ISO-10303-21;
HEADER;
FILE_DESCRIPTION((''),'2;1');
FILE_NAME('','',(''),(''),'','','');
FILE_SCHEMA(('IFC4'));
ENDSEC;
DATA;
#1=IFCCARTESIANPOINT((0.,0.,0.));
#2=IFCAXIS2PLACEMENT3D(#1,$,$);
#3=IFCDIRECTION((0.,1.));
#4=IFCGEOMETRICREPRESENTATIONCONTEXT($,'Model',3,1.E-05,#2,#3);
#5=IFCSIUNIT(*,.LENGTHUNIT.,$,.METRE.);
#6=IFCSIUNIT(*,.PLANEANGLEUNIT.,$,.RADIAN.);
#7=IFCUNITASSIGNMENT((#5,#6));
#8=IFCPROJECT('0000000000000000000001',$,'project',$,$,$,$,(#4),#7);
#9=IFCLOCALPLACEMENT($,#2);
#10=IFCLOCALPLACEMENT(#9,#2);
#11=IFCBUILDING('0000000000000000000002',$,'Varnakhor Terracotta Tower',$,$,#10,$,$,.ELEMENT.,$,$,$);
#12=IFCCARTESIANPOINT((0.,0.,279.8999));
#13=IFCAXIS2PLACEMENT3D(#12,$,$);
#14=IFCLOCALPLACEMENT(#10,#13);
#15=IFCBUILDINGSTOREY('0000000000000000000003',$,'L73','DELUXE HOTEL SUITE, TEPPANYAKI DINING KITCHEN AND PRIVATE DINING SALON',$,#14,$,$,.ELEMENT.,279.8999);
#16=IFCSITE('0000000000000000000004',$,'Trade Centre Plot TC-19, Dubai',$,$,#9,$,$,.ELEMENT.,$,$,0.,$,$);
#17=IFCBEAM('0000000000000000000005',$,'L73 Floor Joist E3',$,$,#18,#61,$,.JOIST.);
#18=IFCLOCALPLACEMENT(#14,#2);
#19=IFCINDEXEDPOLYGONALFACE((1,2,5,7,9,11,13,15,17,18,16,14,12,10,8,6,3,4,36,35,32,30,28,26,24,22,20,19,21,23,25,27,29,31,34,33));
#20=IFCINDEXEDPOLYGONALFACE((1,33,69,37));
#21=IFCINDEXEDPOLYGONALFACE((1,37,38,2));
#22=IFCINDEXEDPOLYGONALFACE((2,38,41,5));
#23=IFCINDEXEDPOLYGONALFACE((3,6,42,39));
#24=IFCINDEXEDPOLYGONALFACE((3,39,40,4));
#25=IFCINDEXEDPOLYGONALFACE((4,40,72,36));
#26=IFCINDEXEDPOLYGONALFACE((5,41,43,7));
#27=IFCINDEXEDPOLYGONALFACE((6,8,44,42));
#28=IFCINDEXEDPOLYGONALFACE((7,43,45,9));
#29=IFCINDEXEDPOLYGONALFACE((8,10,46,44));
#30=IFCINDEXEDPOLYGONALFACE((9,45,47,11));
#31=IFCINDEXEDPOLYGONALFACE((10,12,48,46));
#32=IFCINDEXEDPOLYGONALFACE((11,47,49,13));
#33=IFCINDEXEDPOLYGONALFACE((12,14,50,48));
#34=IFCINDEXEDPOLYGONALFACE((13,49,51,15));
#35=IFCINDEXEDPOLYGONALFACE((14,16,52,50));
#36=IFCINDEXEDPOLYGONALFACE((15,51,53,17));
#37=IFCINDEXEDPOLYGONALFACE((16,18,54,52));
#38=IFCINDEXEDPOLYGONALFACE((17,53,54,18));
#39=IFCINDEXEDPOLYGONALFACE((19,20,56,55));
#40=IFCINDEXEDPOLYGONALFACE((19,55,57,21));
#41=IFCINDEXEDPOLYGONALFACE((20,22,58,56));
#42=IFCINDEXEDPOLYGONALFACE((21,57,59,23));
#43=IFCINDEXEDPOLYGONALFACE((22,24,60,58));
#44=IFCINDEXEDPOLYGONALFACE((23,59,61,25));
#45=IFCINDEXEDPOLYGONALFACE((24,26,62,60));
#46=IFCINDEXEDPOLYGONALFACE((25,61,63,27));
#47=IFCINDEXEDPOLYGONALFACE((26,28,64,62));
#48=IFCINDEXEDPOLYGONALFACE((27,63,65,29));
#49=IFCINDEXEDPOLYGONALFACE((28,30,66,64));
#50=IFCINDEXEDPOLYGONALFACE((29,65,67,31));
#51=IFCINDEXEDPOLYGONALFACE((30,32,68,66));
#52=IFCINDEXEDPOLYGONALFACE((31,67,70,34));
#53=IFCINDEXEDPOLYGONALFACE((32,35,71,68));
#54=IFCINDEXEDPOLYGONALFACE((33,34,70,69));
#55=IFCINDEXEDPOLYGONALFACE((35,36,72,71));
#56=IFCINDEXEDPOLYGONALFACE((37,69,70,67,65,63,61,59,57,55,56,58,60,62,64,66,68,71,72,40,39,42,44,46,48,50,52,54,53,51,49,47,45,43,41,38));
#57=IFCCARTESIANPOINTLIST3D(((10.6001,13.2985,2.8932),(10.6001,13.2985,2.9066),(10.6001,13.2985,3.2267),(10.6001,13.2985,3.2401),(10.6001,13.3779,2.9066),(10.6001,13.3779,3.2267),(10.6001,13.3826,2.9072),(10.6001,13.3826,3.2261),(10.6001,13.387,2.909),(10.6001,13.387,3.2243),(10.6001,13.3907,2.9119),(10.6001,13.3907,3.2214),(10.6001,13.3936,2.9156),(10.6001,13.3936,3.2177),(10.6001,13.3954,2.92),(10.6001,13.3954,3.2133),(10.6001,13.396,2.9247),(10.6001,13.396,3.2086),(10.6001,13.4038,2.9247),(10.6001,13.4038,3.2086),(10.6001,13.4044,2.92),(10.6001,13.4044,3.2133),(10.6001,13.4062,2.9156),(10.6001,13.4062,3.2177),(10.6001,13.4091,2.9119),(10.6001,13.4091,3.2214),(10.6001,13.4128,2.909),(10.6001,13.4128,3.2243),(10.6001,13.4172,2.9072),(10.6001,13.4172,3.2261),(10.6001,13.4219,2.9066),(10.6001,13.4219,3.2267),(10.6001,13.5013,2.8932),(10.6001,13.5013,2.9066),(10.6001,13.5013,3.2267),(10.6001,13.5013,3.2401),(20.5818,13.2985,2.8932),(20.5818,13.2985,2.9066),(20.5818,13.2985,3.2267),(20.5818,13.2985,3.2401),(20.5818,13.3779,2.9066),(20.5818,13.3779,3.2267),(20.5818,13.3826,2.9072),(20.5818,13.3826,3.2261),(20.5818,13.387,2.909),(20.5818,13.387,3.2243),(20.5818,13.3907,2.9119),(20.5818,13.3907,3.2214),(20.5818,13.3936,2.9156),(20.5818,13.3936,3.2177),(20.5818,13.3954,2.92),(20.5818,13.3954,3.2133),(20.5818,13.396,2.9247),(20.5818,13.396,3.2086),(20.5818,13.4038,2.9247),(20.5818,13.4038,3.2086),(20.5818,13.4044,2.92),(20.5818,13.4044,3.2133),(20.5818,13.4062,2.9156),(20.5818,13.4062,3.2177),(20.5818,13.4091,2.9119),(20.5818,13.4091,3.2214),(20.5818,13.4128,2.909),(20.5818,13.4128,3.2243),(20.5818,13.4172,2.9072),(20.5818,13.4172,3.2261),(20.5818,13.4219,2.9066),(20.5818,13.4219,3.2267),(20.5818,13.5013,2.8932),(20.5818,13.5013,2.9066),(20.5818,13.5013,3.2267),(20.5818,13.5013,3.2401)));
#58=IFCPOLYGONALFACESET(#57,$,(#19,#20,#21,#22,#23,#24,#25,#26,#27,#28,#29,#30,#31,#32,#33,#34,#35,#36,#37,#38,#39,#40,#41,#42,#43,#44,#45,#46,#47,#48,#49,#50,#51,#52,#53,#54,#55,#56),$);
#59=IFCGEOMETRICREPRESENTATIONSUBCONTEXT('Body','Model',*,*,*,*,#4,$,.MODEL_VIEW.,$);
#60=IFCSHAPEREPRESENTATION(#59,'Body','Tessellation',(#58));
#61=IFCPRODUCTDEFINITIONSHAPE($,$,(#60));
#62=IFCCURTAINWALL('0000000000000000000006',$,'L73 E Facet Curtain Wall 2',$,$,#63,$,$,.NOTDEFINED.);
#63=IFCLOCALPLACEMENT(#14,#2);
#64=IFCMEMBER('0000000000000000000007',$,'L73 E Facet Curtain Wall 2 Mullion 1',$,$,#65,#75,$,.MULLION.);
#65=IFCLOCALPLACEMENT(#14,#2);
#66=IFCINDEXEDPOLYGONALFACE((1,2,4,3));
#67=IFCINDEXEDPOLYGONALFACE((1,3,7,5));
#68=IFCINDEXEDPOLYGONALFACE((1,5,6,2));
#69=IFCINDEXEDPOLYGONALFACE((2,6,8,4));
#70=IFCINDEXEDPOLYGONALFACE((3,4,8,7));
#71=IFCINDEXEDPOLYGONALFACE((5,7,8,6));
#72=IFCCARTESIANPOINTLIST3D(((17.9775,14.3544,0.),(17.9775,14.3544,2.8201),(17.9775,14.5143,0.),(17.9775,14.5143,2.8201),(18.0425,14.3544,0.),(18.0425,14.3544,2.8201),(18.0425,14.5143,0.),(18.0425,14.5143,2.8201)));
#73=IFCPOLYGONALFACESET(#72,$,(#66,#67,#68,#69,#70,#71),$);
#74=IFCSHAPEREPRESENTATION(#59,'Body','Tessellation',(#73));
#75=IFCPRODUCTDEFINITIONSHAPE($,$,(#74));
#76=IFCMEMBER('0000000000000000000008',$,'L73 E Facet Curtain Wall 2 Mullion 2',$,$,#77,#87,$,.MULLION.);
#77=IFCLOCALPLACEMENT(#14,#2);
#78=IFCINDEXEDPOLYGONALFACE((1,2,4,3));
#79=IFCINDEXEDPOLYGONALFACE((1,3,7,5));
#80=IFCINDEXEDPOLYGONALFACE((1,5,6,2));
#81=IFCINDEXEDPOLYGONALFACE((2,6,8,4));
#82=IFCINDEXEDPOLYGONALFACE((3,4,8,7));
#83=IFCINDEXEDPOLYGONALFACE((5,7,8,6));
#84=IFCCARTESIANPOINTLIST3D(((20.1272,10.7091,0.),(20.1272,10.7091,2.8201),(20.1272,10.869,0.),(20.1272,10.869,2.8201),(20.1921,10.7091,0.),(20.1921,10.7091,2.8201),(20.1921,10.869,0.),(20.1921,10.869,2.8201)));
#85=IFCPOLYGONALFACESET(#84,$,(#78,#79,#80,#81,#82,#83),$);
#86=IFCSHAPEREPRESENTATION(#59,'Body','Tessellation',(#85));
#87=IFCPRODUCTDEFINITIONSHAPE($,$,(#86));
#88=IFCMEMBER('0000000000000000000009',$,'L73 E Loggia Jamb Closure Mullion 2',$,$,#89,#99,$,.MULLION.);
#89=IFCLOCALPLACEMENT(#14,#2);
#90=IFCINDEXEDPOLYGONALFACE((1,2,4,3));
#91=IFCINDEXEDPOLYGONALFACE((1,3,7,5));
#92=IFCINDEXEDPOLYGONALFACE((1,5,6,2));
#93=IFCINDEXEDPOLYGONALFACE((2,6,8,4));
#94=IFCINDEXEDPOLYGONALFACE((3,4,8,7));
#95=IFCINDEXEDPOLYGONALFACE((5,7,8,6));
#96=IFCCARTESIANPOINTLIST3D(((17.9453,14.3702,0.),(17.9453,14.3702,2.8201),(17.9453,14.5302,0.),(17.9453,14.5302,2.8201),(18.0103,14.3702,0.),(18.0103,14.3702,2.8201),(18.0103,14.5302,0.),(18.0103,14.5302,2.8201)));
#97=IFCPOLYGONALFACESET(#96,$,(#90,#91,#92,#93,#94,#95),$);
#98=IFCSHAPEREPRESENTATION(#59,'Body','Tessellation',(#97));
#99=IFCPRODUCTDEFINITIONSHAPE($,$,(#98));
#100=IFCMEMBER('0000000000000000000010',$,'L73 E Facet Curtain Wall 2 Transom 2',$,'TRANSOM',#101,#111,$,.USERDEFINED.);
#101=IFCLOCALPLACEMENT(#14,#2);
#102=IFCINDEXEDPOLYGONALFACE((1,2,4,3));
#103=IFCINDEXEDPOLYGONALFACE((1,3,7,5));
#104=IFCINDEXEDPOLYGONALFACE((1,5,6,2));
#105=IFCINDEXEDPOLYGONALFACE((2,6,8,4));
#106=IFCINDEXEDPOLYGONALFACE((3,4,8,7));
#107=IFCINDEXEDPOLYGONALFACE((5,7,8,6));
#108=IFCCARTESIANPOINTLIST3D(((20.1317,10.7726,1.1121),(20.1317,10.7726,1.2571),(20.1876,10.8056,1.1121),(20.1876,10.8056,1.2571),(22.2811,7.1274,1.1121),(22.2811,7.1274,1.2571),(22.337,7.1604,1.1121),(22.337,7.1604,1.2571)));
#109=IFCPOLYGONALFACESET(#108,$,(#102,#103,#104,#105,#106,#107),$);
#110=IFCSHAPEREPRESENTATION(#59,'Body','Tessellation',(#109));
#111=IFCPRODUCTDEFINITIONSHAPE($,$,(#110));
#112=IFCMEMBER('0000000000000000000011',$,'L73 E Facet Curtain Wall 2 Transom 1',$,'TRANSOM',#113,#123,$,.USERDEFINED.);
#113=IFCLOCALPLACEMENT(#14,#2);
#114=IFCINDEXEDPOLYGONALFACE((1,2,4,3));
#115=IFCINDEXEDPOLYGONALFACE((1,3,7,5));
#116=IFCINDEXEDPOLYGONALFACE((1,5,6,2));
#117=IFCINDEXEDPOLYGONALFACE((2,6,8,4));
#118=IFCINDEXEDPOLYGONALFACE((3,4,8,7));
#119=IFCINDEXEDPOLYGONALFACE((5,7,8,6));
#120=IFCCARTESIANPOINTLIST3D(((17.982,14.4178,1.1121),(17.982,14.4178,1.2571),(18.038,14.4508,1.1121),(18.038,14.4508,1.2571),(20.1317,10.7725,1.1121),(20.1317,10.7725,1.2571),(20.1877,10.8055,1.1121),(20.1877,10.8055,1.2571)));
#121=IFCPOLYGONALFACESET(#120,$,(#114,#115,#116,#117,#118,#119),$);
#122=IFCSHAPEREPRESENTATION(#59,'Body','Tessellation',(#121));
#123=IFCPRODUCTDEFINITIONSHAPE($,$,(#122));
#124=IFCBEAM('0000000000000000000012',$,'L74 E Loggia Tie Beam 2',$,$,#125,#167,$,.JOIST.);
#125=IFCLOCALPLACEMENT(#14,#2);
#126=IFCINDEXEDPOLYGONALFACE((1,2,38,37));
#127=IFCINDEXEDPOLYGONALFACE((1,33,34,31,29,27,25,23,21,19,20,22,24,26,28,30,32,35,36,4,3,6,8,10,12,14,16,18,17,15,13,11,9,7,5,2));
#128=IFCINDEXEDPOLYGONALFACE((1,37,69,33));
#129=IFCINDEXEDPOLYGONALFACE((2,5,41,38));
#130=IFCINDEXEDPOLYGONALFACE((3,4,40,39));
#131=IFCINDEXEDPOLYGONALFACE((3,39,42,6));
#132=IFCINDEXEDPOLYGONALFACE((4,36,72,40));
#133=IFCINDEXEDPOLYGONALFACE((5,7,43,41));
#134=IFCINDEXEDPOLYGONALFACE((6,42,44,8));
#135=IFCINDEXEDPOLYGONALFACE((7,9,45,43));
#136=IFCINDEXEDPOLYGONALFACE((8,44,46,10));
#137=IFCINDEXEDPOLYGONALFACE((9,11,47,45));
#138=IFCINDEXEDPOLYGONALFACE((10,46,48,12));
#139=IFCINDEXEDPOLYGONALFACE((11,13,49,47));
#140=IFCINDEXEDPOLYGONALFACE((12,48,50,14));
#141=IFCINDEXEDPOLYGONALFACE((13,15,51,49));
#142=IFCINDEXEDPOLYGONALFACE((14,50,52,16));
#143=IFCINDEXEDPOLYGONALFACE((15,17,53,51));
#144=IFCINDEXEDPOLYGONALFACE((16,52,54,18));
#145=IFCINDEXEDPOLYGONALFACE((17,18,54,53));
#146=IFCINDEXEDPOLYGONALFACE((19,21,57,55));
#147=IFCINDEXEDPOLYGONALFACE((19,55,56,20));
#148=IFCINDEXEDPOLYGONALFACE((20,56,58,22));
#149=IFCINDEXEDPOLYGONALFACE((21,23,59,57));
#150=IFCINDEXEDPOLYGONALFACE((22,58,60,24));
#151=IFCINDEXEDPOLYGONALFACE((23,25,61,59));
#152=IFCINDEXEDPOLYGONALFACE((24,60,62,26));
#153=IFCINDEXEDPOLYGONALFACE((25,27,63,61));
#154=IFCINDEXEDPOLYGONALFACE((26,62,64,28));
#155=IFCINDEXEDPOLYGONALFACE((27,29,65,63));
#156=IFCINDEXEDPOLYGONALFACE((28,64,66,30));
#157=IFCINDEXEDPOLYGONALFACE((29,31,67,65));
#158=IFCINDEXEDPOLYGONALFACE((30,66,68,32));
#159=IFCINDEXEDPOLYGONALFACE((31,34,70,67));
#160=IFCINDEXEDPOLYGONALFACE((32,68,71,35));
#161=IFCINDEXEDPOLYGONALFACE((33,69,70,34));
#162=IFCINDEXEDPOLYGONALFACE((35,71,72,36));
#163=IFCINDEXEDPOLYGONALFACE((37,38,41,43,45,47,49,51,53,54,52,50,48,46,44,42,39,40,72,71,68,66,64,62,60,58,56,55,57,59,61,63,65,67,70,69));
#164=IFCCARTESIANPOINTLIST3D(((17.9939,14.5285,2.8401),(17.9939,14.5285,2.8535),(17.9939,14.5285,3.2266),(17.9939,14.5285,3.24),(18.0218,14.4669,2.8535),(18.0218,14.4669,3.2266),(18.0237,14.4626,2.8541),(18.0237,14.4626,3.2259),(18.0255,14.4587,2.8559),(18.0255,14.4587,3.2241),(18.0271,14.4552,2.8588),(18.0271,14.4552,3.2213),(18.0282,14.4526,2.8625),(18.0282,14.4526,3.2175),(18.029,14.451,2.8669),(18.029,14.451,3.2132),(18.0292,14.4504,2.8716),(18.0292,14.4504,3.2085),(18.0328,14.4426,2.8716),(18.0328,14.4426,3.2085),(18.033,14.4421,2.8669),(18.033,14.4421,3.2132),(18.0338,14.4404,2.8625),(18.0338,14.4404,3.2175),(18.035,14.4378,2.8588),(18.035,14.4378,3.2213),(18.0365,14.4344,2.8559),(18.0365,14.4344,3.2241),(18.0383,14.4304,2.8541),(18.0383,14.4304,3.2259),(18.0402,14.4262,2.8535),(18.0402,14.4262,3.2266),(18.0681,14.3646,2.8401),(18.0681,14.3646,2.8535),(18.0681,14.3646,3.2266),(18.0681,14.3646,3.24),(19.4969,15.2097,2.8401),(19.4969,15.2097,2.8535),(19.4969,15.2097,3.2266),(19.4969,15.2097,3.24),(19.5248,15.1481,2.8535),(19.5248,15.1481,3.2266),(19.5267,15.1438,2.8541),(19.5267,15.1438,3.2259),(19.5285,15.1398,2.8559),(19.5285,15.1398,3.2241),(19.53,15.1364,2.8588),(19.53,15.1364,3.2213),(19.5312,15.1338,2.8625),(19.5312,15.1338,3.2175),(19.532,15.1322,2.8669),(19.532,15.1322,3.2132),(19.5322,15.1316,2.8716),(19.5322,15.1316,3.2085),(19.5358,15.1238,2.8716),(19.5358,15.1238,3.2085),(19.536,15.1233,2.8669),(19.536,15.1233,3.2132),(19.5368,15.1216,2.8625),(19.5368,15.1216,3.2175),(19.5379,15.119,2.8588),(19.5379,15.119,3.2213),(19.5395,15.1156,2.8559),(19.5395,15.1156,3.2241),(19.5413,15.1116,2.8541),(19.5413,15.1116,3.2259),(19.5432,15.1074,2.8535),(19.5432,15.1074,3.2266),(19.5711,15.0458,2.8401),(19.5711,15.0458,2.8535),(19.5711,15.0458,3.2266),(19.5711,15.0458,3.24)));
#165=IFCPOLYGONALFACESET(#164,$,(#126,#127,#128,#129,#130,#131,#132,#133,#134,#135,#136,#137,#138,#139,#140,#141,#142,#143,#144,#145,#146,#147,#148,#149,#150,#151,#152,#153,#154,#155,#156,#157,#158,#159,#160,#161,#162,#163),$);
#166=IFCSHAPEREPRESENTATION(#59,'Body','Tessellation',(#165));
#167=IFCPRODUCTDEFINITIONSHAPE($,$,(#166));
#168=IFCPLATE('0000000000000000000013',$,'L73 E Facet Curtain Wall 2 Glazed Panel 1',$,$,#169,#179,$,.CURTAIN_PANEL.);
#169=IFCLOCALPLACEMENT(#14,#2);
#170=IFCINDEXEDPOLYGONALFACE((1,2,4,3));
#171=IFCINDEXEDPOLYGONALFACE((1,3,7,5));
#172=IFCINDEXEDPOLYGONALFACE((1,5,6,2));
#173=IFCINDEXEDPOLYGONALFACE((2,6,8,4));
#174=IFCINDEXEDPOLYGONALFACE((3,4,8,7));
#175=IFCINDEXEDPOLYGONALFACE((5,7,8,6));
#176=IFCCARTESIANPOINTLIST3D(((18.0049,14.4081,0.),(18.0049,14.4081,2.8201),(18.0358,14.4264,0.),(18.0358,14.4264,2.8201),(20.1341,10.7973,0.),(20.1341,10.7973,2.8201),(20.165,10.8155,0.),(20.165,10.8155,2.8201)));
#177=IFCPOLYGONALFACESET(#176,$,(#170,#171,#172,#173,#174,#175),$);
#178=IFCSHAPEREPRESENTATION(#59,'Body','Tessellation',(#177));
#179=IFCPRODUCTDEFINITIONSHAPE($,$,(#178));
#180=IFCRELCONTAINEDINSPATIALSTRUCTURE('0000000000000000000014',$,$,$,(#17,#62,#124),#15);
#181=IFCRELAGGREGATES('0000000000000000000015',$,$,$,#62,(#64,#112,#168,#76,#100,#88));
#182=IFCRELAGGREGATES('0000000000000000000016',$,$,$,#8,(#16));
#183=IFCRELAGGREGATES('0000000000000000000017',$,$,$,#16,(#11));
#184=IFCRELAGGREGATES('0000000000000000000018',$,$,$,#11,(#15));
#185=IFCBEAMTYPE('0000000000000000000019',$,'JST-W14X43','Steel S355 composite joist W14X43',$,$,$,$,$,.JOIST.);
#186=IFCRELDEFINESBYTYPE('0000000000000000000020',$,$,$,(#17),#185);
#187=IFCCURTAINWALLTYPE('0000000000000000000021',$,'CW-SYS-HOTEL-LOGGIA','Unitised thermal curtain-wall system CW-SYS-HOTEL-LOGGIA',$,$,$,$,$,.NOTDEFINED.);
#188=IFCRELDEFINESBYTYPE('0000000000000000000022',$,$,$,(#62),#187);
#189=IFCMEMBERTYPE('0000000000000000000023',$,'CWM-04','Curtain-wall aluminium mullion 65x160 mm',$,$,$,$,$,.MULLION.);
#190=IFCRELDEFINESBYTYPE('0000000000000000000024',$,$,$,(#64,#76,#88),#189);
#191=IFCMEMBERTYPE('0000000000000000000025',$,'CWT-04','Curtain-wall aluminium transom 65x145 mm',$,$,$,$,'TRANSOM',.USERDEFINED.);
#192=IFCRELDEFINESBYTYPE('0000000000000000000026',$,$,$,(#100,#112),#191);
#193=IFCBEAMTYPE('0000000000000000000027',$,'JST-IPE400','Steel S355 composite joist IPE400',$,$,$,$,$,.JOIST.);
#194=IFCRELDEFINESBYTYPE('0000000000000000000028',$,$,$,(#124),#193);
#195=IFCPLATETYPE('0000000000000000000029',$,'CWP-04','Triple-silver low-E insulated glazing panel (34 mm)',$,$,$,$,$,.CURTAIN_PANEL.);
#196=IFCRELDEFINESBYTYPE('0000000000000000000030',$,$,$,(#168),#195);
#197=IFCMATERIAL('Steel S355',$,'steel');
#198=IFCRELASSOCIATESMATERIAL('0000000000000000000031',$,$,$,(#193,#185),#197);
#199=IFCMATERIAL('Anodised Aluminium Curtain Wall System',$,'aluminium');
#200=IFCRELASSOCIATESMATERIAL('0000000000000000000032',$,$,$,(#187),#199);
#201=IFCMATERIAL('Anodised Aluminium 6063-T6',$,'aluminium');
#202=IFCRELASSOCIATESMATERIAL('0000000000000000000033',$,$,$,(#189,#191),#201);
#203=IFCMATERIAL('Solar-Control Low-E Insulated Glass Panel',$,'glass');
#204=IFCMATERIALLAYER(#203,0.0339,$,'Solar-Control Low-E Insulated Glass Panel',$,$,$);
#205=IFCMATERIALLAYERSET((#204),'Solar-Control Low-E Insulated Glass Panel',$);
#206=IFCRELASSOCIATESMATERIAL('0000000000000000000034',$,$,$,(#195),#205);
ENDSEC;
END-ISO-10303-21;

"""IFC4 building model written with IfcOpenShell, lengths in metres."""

from ifc_helpers import new_model, si_unit, direction, frame, origin, origin_2d, place, context, subcontext, project, spatial, rectangle, i_section, extrude, source, transform, mapped, material, layer, layer_set, material_profile, profile_set, type_object, type_shapes, element, aggregate, save


model = new_model("IFC4")

# Units and contexts
model_context = context("Model", 3, precision=1e-05, world=origin(), true_north=direction((0.0, 1.0)))
body_context = subcontext(model_context, "Body", "Model", "MODEL_VIEW")
ifc_project = project(units=[si_unit("LENGTHUNIT", "METRE"), si_unit("PLANEANGLEUNIT", "RADIAN")], contexts=[model_context])

# Site, building, storey
site_placement = place(None, origin())
site = spatial("IfcSite", under=ifc_project, at=site_placement, Name="Trade Centre Plot TC-19, Dubai", CompositionType="ELEMENT", RefElevation=0.0)
building_placement = place(site_placement, origin())
building = spatial("IfcBuilding", under=site, at=building_placement, Name="Varnakhor Terracotta Tower", CompositionType="ELEMENT")
storey_placement = place(building_placement, frame((0.0, 0.0, 279.8999)))
storey = spatial("IfcBuildingStorey", under=building, at=storey_placement, Name="L73", Description="DELUXE HOTEL SUITE, TEPPANYAKI DINING KITCHEN AND PRIVATE DINING SALON", CompositionType="ELEMENT", Elevation=279.8999)

# Beam
ifc_material_1 = material(Name="Steel S355", Category="steel")
ifc_material_profile_1 = material_profile(ifc_material_1, i_section(OverallWidth=0.1799, OverallDepth=0.3999, WebThickness=0.0085, FlangeThickness=0.0134, FilletRadius=0.0181, at=origin_2d()), Name="IPE400")
ifc_profile_set_1 = profile_set([ifc_material_profile_1], Name="Steel S355")
beam_type_1 = type_object("IfcBeamType", Name="JST-IPE400", Description="Steel S355 composite joist IPE400", PredefinedType="JOIST", material=ifc_profile_set_1)
ifc_material_profile_2 = material_profile(ifc_material_1, i_section(OverallWidth=0.2029, OverallDepth=0.3469, WebThickness=0.0078, FlangeThickness=0.0134, FilletRadius=0.0181, at=origin_2d()), Name="W14X43")
ifc_profile_set_2 = profile_set([ifc_material_profile_2], Name="Steel S355")
beam_type_2 = type_object("IfcBeamType", Name="JST-W14X43", Description="Steel S355 composite joist W14X43", PredefinedType="JOIST", material=ifc_profile_set_2)
shared_shape_1 = source(origin(), body_context, "Body", "SweptSolid", [
    extrude(i_section(OverallWidth=0.2029, OverallDepth=0.3469, WebThickness=0.0078, FlangeThickness=0.0134, FilletRadius=0.0181, at=origin_2d()), origin(), (0.0, 0.0, 1.0), 9.9817),
])
beam_1_placement = place(storey_placement, frame((10.6001, 13.3999, 3.0667), z_axis=(1.0, 0.0, 0.0), x_axis=(0.0, 1.0, 0.0)))
element("IfcBeam", 1, at=beam_1_placement, inside=storey, type_object=beam_type_2, Name="L73 Floor Joist E3", PredefinedType="JOIST", context=body_context, shape_type="MappedRepresentation", body=[
    mapped(shared_shape_1, transform((0.0, 0.0, 0.0), scale=1.0)),
])

# Curtain wall, members
ifc_material_2 = material(Name="Anodised Aluminium Curtain Wall System", Category="aluminium")
curtain_wall_type = type_object("IfcCurtainWallType", Name="CW-SYS-HOTEL-LOGGIA", Description="Unitised thermal curtain-wall system CW-SYS-HOTEL-LOGGIA", PredefinedType="NOTDEFINED", material=ifc_material_2)
curtain_wall_placement = place(storey_placement, origin())
curtain_wall = element("IfcCurtainWall", 2, at=curtain_wall_placement, inside=storey, type_object=curtain_wall_type, Name="L73 E Facet Curtain Wall 2", PredefinedType="NOTDEFINED")
ifc_material_3 = material(Name="Anodised Aluminium 6063-T6", Category="aluminium")
ifc_material_profile_3 = material_profile(ifc_material_3, rectangle(XDim=0.0649, YDim=0.1599, at=origin_2d()), Name="ALU MULLION 65x160")
ifc_profile_set_3 = profile_set([ifc_material_profile_3], Name="Anodised Aluminium 6063-T6")
member_type_1 = type_object("IfcMemberType", Name="CWM-04", Description="Curtain-wall aluminium mullion 65x160 mm", PredefinedType="MULLION", material=ifc_profile_set_3)
shared_shape_2 = source(origin(), body_context, "Body", "SweptSolid", [
    extrude(rectangle(XDim=0.0649, YDim=0.1599, at=origin_2d()), origin(), (0.0, 0.0, 1.0), 2.8201),
])
type_shapes(member_type_1, [shared_shape_2])
member_1_placement = place(storey_placement, frame((18.01, 14.4343, 0.0), z_axis=(0.0, 0.0, 1.0), x_axis=(1.0, 0.0, 0.0)))
member_1 = element("IfcMember", 3, at=member_1_placement, type_object=member_type_1, Name="L73 E Facet Curtain Wall 2 Mullion 1", PredefinedType="MULLION", context=body_context, shape_type="MappedRepresentation", body=[
    mapped(shared_shape_2, transform((0.0, 0.0, 0.0), scale=1.0)),
])
member_2_placement = place(storey_placement, frame((20.1597, 10.7891, 0.0), z_axis=(0.0, 0.0, 1.0), x_axis=(1.0, 0.0, 0.0)))
member_2 = element("IfcMember", 4, at=member_2_placement, type_object=member_type_1, Name="L73 E Facet Curtain Wall 2 Mullion 2", PredefinedType="MULLION", context=body_context, shape_type="MappedRepresentation", body=[
    mapped(shared_shape_2, transform((0.0, 0.0, 0.0), scale=1.0)),
])
member_3_placement = place(storey_placement, frame((17.9778, 14.4502, 0.0), z_axis=(0.0, 0.0, 1.0), x_axis=(1.0, 0.0, 0.0)))
member_3 = element("IfcMember", 5, at=member_3_placement, type_object=member_type_1, Name="L73 E Loggia Jamb Closure Mullion 2", PredefinedType="MULLION", context=body_context, shape_type="MappedRepresentation", body=[
    mapped(shared_shape_2, transform((0.0, 0.0, 0.0), scale=1.0)),
])
ifc_material_profile_4 = material_profile(ifc_material_3, rectangle(XDim=0.0649, YDim=0.145, at=origin_2d()), Name="ALU TRANSOM 65x145")
ifc_profile_set_4 = profile_set([ifc_material_profile_4], Name="Anodised Aluminium 6063-T6")
member_type_2 = type_object("IfcMemberType", Name="CWT-04", Description="Curtain-wall aluminium transom 65x145 mm", ElementType="TRANSOM", PredefinedType="USERDEFINED", material=ifc_profile_set_4)
shared_shape_3 = source(origin(), body_context, "Body", "SweptSolid", [
    extrude(rectangle(XDim=0.0649, YDim=0.145, at=origin_2d()), origin(), (0.0, 0.0, 1.0), 4.2317),
])
member_4_placement = place(storey_placement, frame((20.1597, 10.7891, 1.1846), z_axis=(0.507922, -0.861403, 0.0), x_axis=(0.861403, 0.507922, 0.0)))
member_4 = element("IfcMember", 6, at=member_4_placement, type_object=member_type_2, Name="L73 E Facet Curtain Wall 2 Transom 2", ObjectType="TRANSOM", PredefinedType="USERDEFINED", context=body_context, shape_type="MappedRepresentation", body=[
    mapped(shared_shape_3, transform((0.0, 0.0, 0.0), scale=1.0)),
])
shared_shape_4 = source(origin(), body_context, "Body", "SweptSolid", [
    extrude(rectangle(XDim=0.0649, YDim=0.145, at=origin_2d()), origin(), (0.0, 0.0, 1.0), 4.2319),
])
member_5_placement = place(storey_placement, frame((18.01, 14.4343, 1.1846), z_axis=(0.507965, -0.861378, 0.0), x_axis=(0.861378, 0.507965, 0.0)))
member_5 = element("IfcMember", 7, at=member_5_placement, type_object=member_type_2, Name="L73 E Facet Curtain Wall 2 Transom 1", ObjectType="TRANSOM", PredefinedType="USERDEFINED", context=body_context, shape_type="MappedRepresentation", body=[
    mapped(shared_shape_4, transform((0.0, 0.0, 0.0), scale=1.0)),
])

# Beam
shared_shape_5 = source(origin(), body_context, "Body", "SweptSolid", [
    extrude(i_section(OverallWidth=0.1799, OverallDepth=0.3999, WebThickness=0.0085, FlangeThickness=0.0134, FilletRadius=0.0181, at=origin_2d()), origin(), (0.0, 0.0, 1.0), 1.6501),
])
beam_2_placement = place(storey_placement, frame((18.031, 14.4465, 3.04), z_axis=(0.910822, 0.412799, 0.0), x_axis=(-0.412799, 0.910822, 0.0)))
element("IfcBeam", 8, at=beam_2_placement, inside=storey, type_object=beam_type_1, Name="L74 E Loggia Tie Beam 2", PredefinedType="JOIST", context=body_context, shape_type="MappedRepresentation", body=[
    mapped(shared_shape_5, transform((0.0, 0.0, 0.0), scale=1.0)),
])

# Plate
ifc_material_4 = material(Name="Solar-Control Low-E Insulated Glass Panel", Category="glass")
ifc_layer_1 = layer(ifc_material_4, 0.0339, Name="Solar-Control Low-E Insulated Glass Panel")
ifc_layer_set_1 = layer_set([ifc_layer_1], Name="Solar-Control Low-E Insulated Glass Panel")
plate_type = type_object("IfcPlateType", Name="CWP-04", Description="Triple-silver low-E insulated glazing panel (34 mm)", PredefinedType="CURTAIN_PANEL", material=ifc_layer_set_1)
shared_shape_6 = source(origin(), body_context, "Body", "SweptSolid", [
    extrude(rectangle(XDim=4.1919, YDim=0.0359, at=origin_2d()), origin(), (0.0, 0.0, 1.0), 2.8201),
])
plate_1_placement = place(storey_placement, frame((19.085, 12.6118, 0.0), z_axis=(0.0, 0.0, 1.0), x_axis=(0.507929, -0.861399, 0.0)))
plate_1 = element("IfcPlate", 9, at=plate_1_placement, type_object=plate_type, Name="L73 E Facet Curtain Wall 2 Glazed Panel 1", PredefinedType="CURTAIN_PANEL", context=body_context, shape_type="MappedRepresentation", body=[
    mapped(shared_shape_6, transform((0.0, 0.0, 0.0), scale=1.0)),
])
aggregate(curtain_wall, [member_1, member_5, plate_1, member_2, member_4, member_3])

save(model, "model.ifc")
